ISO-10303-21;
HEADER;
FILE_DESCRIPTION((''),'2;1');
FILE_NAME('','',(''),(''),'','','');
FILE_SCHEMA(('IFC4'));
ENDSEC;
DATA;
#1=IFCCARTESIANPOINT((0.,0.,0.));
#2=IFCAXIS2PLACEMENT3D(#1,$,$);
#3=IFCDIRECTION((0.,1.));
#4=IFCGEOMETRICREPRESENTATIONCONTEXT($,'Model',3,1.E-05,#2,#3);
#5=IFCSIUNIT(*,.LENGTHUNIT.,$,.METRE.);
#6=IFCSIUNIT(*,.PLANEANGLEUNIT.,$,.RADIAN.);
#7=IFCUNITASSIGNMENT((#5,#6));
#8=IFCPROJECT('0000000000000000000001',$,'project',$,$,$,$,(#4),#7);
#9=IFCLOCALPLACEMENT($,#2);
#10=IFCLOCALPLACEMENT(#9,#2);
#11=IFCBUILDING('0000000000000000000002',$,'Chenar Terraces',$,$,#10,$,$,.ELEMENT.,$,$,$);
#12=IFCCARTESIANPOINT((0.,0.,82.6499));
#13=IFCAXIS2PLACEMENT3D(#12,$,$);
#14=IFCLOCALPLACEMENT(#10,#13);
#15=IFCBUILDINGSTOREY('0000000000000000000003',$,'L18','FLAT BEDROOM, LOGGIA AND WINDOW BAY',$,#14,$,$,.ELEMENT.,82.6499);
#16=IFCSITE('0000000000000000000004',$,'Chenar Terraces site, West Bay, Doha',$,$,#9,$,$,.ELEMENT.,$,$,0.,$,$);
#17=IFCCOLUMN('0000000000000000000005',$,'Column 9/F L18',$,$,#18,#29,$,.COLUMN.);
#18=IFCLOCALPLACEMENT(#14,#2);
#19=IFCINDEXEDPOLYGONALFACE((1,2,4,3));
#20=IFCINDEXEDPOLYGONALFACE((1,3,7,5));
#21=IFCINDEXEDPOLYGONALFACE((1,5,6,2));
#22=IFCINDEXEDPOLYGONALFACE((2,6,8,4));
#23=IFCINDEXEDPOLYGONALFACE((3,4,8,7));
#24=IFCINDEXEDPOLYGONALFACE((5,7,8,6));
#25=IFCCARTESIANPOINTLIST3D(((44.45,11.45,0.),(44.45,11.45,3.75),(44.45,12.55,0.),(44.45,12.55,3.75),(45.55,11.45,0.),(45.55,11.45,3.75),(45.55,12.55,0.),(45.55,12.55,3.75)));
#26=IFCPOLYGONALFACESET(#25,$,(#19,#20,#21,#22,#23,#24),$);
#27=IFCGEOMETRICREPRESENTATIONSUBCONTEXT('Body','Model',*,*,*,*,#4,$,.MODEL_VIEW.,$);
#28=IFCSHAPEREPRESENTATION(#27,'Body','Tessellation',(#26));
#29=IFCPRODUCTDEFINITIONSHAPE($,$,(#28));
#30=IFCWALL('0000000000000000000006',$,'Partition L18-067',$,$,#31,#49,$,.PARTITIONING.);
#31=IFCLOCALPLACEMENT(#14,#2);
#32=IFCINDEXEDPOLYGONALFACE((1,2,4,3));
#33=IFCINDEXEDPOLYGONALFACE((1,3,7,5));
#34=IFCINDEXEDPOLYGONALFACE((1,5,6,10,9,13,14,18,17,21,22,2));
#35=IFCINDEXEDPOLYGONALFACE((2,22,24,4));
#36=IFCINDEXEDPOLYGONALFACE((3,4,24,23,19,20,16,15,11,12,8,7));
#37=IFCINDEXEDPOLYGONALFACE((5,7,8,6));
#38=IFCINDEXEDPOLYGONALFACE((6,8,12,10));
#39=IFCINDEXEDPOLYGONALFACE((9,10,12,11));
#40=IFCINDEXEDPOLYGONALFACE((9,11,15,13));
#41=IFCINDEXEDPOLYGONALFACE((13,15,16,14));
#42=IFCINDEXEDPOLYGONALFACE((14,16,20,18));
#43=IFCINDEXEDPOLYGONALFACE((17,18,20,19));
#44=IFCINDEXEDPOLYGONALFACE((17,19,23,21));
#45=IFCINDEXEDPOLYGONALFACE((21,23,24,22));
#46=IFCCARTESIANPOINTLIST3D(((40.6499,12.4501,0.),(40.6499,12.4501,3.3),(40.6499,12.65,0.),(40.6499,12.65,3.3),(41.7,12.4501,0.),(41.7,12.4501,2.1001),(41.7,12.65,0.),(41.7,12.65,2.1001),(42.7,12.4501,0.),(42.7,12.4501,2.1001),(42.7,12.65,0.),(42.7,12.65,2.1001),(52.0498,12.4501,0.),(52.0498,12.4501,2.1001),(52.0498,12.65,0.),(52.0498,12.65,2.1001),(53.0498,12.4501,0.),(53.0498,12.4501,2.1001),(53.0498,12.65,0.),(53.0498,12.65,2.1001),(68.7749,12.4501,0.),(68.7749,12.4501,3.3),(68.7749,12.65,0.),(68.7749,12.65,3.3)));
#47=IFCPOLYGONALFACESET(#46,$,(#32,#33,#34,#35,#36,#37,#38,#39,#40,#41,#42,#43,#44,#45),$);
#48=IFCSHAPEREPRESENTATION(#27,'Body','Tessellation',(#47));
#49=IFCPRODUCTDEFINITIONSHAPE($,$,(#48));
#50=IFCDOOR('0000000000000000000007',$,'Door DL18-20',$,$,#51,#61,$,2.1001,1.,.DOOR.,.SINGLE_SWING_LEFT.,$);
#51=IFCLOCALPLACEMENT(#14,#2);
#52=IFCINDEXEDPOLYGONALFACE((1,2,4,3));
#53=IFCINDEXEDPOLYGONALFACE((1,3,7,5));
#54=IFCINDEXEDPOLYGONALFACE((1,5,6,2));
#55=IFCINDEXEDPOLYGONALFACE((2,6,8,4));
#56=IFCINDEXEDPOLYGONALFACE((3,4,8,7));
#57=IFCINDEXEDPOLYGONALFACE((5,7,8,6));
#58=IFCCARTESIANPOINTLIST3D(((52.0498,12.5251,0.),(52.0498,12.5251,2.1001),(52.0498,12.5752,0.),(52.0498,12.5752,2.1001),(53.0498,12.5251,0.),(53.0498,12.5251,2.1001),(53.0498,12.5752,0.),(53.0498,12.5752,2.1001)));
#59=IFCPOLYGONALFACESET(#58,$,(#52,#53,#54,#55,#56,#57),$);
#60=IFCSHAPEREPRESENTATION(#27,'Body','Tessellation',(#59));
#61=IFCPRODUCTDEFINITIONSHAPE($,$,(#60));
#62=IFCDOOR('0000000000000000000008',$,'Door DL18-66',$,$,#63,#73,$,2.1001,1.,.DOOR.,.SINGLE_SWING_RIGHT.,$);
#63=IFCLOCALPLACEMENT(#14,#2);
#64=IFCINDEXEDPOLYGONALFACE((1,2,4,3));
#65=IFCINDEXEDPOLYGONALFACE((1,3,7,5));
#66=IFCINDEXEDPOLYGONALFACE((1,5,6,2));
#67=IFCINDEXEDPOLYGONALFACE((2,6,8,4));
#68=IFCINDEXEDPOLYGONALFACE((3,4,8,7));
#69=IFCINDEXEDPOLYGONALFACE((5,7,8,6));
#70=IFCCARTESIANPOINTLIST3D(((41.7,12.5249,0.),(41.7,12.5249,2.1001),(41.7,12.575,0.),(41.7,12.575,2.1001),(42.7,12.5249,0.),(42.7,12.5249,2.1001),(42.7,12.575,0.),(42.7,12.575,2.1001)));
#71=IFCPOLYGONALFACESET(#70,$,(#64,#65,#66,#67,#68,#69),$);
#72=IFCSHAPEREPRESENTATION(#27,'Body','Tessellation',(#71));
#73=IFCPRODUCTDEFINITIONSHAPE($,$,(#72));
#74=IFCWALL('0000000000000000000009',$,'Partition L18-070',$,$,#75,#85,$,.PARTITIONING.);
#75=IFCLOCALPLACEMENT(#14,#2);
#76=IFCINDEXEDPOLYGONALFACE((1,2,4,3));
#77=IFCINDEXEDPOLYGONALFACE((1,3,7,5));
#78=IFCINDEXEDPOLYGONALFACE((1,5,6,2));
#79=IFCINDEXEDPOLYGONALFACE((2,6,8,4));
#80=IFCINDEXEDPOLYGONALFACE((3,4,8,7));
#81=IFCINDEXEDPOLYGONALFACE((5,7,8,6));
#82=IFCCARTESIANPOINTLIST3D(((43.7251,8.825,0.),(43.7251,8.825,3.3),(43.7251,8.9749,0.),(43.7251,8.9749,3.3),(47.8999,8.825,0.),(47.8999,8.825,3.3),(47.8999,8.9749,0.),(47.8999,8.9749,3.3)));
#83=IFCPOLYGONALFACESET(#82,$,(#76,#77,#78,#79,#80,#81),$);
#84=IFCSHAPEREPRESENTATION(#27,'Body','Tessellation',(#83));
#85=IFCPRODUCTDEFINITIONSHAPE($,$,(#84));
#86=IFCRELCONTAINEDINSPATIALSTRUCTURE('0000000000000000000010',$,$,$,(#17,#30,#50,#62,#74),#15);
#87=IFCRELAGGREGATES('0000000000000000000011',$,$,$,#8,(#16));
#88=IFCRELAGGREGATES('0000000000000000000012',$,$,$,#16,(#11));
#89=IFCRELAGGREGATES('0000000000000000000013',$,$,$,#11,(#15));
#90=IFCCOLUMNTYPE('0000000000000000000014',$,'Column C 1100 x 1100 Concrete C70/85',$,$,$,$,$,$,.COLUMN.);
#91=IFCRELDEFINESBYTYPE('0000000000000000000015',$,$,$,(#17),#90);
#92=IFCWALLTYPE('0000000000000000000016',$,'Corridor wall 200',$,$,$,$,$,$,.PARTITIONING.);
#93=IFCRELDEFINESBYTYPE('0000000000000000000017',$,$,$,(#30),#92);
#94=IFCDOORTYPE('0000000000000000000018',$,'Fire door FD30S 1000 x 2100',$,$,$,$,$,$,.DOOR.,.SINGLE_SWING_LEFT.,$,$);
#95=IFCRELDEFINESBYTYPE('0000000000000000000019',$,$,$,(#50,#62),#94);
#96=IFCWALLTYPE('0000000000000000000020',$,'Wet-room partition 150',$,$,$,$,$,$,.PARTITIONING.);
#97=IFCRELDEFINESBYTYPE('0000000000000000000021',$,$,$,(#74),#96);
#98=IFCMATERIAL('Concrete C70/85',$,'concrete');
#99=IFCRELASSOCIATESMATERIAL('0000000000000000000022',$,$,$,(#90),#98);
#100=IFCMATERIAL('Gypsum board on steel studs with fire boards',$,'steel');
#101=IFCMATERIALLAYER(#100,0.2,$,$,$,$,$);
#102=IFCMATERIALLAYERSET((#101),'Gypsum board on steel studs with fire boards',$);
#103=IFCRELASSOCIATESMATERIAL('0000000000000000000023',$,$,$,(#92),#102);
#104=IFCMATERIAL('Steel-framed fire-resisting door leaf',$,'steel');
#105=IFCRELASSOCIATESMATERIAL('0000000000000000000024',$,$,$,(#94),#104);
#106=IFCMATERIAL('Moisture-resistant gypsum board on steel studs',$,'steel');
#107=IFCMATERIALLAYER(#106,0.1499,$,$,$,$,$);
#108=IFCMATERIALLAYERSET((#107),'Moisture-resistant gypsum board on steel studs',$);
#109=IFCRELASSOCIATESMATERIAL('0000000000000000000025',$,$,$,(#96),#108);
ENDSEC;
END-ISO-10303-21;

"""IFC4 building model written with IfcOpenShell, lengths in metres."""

from ifc_helpers import new_model, si_unit, direction, frame, frame_2d, origin, origin_2d, place, context, subcontext, project, spatial, rectangle, extrude, material, layer, layer_set, material_profile, profile_set, type_object, element, fill, save


model = new_model("IFC4")

# Units and contexts
model_context = context("Model", 3, precision=1e-05, world=origin(), true_north=direction((0.0, 1.0)))
body_context = subcontext(model_context, "Body", "Model", "MODEL_VIEW")
ifc_project = project(units=[si_unit("LENGTHUNIT", "METRE"), si_unit("PLANEANGLEUNIT", "RADIAN")], contexts=[model_context])

# Site, building, storey
site_placement = place(None, origin())
site = spatial("IfcSite", under=ifc_project, at=site_placement, Name="Chenar Terraces site, West Bay, Doha", CompositionType="ELEMENT", RefElevation=0.0)
building_placement = place(site_placement, origin())
building = spatial("IfcBuilding", under=site, at=building_placement, Name="Chenar Terraces", CompositionType="ELEMENT")
storey_placement = place(building_placement, frame((0.0, 0.0, 82.6499)))
storey = spatial("IfcBuildingStorey", under=building, at=storey_placement, Name="L18", Description="FLAT BEDROOM, LOGGIA AND WINDOW BAY", CompositionType="ELEMENT", Elevation=82.6499)

# Column
ifc_material_1 = material(Name="Concrete C70/85", Category="concrete")
ifc_material_profile = material_profile(ifc_material_1, rectangle(XDim=1.1001, YDim=1.1001, at=origin_2d()), Name="C 1100 x 1100")
ifc_profile_set = profile_set([ifc_material_profile], Name="Concrete C70/85")
column_type = type_object("IfcColumnType", Name="Column C 1100 x 1100 Concrete C70/85", PredefinedType="COLUMN", material=ifc_profile_set)
column_placement = place(storey_placement, frame((45.0, 12.0, 0.0), z_axis=(0.0, 0.0, 1.0), x_axis=(1.0, 0.0, 0.0)))
element("IfcColumn", 1, at=column_placement, inside=storey, type_object=column_type, Name="Column 9/F L18", PredefinedType="COLUMN", context=body_context, shape_type="SweptSolid", body=[
    extrude(rectangle(XDim=1.1001, YDim=1.1001, at=origin_2d()), origin(), (0.0, 0.0, 1.0), 3.75),
])

# Wall, openings, doors
ifc_material_2 = material(Name="Gypsum board on steel studs with fire boards", Category="steel")
ifc_layer_1 = layer(ifc_material_2, 0.2)
ifc_layer_set_1 = layer_set([ifc_layer_1], Name="Gypsum board on steel studs with fire boards")
wall_type_1 = type_object("IfcWallType", Name="Corridor wall 200", PredefinedType="PARTITIONING", material=ifc_layer_set_1)
wall_1_placement = place(storey_placement, frame((40.6499, 12.55, 0.0), z_axis=(0.0, 0.0, 1.0), x_axis=(1.0, 0.0, 0.0)))
wall_1 = element("IfcWall", 2, at=wall_1_placement, inside=storey, type_object=wall_type_1, Name="Partition L18-067", PredefinedType="PARTITIONING", context=body_context, shape_type="SweptSolid", body=[
    extrude(rectangle(XDim=28.125, YDim=0.2, at=frame_2d((14.0625, 0.0))), origin(), (0.0, 0.0, 1.0), 3.3),
])
opening_1_placement = place(wall_1_placement, frame((11.3999, 0.0, 0.0)))
opening_1 = element("IfcOpeningElement", 3, at=opening_1_placement, cuts=wall_1, PredefinedType="OPENING", context=body_context, shape_type="SweptSolid", body=[
    extrude(rectangle(XDim=1.0, YDim=2.1001, at=frame_2d((0.5, 1.05))), frame((0.0, 0.1099, 0.0), z_axis=(0.0, -1.0, 0.0), x_axis=(1.0, 0.0, 0.0)), (0.0, 0.0, 1.0), 0.22),
])
opening_2_placement = place(wall_1_placement, frame((1.05, 0.0, 0.0)))
opening_2 = element("IfcOpeningElement", 4, at=opening_2_placement, cuts=wall_1, PredefinedType="OPENING", context=body_context, shape_type="SweptSolid", body=[
    extrude(rectangle(XDim=1.0, YDim=2.1001, at=frame_2d((0.5, 1.05))), frame((0.0, 0.1099, 0.0), z_axis=(0.0, -1.0, 0.0), x_axis=(1.0, 0.0, 0.0)), (0.0, 0.0, 1.0), 0.22),
])
ifc_material_3 = material(Name="Steel-framed fire-resisting door leaf", Category="steel")
door_type_1 = type_object("IfcDoorType", Name="Fire door FD30S 1000 x 2100", OperationType="SINGLE_SWING_LEFT", PredefinedType="DOOR", material=ifc_material_3)
door_1_placement = place(opening_1_placement, frame((1.0, 0.0, 0.0), z_axis=(0.0, 0.0, 1.0), x_axis=(-1.0, 0.0, 0.0)))
door_1 = element("IfcDoor", 5, at=door_1_placement, inside=storey, type_object=door_type_1, Name="Door DL18-20", OperationType="SINGLE_SWING_LEFT", OverallHeight=2.1001, OverallWidth=1.0, PredefinedType="DOOR", context=body_context, shape_type="SweptSolid", body=[
    extrude(rectangle(XDim=1.0, YDim=2.1001, at=frame_2d((0.5, 1.05))), frame((0.0, 0.0249, 0.0), z_axis=(0.0, -1.0, 0.0), x_axis=(1.0, 0.0, 0.0)), (0.0, 0.0, 1.0), 0.05),
])
fill(opening_1, door_1)
door_2_placement = place(opening_2_placement, origin())
door_2 = element("IfcDoor", 6, at=door_2_placement, inside=storey, type_object=door_type_1, Name="Door DL18-66", OperationType="SINGLE_SWING_RIGHT", OverallHeight=2.1001, OverallWidth=1.0, PredefinedType="DOOR", context=body_context, shape_type="SweptSolid", body=[
    extrude(rectangle(XDim=1.0, YDim=2.1001, at=frame_2d((0.5, 1.05))), frame((0.0, 0.0249, 0.0), z_axis=(0.0, -1.0, 0.0), x_axis=(1.0, 0.0, 0.0)), (0.0, 0.0, 1.0), 0.05),
])
fill(opening_2, door_2)

# Wall
ifc_material_4 = material(Name="Moisture-resistant gypsum board on steel studs", Category="steel")
ifc_layer_2 = layer(ifc_material_4, 0.1499)
ifc_layer_set_2 = layer_set([ifc_layer_2], Name="Moisture-resistant gypsum board on steel studs")
wall_type_2 = type_object("IfcWallType", Name="Wet-room partition 150", PredefinedType="PARTITIONING", material=ifc_layer_set_2)
wall_2_placement = place(storey_placement, frame((43.7251, 8.8999, 0.0), z_axis=(0.0, 0.0, 1.0), x_axis=(1.0, 0.0, 0.0)))
element("IfcWall", 7, at=wall_2_placement, inside=storey, type_object=wall_type_2, Name="Partition L18-070", PredefinedType="PARTITIONING", context=body_context, shape_type="SweptSolid", body=[
    extrude(rectangle(XDim=4.1748, YDim=0.1499, at=frame_2d((2.0874, 0.0))), origin(), (0.0, 0.0, 1.0), 3.3),
])

save(model, "model.ifc")
